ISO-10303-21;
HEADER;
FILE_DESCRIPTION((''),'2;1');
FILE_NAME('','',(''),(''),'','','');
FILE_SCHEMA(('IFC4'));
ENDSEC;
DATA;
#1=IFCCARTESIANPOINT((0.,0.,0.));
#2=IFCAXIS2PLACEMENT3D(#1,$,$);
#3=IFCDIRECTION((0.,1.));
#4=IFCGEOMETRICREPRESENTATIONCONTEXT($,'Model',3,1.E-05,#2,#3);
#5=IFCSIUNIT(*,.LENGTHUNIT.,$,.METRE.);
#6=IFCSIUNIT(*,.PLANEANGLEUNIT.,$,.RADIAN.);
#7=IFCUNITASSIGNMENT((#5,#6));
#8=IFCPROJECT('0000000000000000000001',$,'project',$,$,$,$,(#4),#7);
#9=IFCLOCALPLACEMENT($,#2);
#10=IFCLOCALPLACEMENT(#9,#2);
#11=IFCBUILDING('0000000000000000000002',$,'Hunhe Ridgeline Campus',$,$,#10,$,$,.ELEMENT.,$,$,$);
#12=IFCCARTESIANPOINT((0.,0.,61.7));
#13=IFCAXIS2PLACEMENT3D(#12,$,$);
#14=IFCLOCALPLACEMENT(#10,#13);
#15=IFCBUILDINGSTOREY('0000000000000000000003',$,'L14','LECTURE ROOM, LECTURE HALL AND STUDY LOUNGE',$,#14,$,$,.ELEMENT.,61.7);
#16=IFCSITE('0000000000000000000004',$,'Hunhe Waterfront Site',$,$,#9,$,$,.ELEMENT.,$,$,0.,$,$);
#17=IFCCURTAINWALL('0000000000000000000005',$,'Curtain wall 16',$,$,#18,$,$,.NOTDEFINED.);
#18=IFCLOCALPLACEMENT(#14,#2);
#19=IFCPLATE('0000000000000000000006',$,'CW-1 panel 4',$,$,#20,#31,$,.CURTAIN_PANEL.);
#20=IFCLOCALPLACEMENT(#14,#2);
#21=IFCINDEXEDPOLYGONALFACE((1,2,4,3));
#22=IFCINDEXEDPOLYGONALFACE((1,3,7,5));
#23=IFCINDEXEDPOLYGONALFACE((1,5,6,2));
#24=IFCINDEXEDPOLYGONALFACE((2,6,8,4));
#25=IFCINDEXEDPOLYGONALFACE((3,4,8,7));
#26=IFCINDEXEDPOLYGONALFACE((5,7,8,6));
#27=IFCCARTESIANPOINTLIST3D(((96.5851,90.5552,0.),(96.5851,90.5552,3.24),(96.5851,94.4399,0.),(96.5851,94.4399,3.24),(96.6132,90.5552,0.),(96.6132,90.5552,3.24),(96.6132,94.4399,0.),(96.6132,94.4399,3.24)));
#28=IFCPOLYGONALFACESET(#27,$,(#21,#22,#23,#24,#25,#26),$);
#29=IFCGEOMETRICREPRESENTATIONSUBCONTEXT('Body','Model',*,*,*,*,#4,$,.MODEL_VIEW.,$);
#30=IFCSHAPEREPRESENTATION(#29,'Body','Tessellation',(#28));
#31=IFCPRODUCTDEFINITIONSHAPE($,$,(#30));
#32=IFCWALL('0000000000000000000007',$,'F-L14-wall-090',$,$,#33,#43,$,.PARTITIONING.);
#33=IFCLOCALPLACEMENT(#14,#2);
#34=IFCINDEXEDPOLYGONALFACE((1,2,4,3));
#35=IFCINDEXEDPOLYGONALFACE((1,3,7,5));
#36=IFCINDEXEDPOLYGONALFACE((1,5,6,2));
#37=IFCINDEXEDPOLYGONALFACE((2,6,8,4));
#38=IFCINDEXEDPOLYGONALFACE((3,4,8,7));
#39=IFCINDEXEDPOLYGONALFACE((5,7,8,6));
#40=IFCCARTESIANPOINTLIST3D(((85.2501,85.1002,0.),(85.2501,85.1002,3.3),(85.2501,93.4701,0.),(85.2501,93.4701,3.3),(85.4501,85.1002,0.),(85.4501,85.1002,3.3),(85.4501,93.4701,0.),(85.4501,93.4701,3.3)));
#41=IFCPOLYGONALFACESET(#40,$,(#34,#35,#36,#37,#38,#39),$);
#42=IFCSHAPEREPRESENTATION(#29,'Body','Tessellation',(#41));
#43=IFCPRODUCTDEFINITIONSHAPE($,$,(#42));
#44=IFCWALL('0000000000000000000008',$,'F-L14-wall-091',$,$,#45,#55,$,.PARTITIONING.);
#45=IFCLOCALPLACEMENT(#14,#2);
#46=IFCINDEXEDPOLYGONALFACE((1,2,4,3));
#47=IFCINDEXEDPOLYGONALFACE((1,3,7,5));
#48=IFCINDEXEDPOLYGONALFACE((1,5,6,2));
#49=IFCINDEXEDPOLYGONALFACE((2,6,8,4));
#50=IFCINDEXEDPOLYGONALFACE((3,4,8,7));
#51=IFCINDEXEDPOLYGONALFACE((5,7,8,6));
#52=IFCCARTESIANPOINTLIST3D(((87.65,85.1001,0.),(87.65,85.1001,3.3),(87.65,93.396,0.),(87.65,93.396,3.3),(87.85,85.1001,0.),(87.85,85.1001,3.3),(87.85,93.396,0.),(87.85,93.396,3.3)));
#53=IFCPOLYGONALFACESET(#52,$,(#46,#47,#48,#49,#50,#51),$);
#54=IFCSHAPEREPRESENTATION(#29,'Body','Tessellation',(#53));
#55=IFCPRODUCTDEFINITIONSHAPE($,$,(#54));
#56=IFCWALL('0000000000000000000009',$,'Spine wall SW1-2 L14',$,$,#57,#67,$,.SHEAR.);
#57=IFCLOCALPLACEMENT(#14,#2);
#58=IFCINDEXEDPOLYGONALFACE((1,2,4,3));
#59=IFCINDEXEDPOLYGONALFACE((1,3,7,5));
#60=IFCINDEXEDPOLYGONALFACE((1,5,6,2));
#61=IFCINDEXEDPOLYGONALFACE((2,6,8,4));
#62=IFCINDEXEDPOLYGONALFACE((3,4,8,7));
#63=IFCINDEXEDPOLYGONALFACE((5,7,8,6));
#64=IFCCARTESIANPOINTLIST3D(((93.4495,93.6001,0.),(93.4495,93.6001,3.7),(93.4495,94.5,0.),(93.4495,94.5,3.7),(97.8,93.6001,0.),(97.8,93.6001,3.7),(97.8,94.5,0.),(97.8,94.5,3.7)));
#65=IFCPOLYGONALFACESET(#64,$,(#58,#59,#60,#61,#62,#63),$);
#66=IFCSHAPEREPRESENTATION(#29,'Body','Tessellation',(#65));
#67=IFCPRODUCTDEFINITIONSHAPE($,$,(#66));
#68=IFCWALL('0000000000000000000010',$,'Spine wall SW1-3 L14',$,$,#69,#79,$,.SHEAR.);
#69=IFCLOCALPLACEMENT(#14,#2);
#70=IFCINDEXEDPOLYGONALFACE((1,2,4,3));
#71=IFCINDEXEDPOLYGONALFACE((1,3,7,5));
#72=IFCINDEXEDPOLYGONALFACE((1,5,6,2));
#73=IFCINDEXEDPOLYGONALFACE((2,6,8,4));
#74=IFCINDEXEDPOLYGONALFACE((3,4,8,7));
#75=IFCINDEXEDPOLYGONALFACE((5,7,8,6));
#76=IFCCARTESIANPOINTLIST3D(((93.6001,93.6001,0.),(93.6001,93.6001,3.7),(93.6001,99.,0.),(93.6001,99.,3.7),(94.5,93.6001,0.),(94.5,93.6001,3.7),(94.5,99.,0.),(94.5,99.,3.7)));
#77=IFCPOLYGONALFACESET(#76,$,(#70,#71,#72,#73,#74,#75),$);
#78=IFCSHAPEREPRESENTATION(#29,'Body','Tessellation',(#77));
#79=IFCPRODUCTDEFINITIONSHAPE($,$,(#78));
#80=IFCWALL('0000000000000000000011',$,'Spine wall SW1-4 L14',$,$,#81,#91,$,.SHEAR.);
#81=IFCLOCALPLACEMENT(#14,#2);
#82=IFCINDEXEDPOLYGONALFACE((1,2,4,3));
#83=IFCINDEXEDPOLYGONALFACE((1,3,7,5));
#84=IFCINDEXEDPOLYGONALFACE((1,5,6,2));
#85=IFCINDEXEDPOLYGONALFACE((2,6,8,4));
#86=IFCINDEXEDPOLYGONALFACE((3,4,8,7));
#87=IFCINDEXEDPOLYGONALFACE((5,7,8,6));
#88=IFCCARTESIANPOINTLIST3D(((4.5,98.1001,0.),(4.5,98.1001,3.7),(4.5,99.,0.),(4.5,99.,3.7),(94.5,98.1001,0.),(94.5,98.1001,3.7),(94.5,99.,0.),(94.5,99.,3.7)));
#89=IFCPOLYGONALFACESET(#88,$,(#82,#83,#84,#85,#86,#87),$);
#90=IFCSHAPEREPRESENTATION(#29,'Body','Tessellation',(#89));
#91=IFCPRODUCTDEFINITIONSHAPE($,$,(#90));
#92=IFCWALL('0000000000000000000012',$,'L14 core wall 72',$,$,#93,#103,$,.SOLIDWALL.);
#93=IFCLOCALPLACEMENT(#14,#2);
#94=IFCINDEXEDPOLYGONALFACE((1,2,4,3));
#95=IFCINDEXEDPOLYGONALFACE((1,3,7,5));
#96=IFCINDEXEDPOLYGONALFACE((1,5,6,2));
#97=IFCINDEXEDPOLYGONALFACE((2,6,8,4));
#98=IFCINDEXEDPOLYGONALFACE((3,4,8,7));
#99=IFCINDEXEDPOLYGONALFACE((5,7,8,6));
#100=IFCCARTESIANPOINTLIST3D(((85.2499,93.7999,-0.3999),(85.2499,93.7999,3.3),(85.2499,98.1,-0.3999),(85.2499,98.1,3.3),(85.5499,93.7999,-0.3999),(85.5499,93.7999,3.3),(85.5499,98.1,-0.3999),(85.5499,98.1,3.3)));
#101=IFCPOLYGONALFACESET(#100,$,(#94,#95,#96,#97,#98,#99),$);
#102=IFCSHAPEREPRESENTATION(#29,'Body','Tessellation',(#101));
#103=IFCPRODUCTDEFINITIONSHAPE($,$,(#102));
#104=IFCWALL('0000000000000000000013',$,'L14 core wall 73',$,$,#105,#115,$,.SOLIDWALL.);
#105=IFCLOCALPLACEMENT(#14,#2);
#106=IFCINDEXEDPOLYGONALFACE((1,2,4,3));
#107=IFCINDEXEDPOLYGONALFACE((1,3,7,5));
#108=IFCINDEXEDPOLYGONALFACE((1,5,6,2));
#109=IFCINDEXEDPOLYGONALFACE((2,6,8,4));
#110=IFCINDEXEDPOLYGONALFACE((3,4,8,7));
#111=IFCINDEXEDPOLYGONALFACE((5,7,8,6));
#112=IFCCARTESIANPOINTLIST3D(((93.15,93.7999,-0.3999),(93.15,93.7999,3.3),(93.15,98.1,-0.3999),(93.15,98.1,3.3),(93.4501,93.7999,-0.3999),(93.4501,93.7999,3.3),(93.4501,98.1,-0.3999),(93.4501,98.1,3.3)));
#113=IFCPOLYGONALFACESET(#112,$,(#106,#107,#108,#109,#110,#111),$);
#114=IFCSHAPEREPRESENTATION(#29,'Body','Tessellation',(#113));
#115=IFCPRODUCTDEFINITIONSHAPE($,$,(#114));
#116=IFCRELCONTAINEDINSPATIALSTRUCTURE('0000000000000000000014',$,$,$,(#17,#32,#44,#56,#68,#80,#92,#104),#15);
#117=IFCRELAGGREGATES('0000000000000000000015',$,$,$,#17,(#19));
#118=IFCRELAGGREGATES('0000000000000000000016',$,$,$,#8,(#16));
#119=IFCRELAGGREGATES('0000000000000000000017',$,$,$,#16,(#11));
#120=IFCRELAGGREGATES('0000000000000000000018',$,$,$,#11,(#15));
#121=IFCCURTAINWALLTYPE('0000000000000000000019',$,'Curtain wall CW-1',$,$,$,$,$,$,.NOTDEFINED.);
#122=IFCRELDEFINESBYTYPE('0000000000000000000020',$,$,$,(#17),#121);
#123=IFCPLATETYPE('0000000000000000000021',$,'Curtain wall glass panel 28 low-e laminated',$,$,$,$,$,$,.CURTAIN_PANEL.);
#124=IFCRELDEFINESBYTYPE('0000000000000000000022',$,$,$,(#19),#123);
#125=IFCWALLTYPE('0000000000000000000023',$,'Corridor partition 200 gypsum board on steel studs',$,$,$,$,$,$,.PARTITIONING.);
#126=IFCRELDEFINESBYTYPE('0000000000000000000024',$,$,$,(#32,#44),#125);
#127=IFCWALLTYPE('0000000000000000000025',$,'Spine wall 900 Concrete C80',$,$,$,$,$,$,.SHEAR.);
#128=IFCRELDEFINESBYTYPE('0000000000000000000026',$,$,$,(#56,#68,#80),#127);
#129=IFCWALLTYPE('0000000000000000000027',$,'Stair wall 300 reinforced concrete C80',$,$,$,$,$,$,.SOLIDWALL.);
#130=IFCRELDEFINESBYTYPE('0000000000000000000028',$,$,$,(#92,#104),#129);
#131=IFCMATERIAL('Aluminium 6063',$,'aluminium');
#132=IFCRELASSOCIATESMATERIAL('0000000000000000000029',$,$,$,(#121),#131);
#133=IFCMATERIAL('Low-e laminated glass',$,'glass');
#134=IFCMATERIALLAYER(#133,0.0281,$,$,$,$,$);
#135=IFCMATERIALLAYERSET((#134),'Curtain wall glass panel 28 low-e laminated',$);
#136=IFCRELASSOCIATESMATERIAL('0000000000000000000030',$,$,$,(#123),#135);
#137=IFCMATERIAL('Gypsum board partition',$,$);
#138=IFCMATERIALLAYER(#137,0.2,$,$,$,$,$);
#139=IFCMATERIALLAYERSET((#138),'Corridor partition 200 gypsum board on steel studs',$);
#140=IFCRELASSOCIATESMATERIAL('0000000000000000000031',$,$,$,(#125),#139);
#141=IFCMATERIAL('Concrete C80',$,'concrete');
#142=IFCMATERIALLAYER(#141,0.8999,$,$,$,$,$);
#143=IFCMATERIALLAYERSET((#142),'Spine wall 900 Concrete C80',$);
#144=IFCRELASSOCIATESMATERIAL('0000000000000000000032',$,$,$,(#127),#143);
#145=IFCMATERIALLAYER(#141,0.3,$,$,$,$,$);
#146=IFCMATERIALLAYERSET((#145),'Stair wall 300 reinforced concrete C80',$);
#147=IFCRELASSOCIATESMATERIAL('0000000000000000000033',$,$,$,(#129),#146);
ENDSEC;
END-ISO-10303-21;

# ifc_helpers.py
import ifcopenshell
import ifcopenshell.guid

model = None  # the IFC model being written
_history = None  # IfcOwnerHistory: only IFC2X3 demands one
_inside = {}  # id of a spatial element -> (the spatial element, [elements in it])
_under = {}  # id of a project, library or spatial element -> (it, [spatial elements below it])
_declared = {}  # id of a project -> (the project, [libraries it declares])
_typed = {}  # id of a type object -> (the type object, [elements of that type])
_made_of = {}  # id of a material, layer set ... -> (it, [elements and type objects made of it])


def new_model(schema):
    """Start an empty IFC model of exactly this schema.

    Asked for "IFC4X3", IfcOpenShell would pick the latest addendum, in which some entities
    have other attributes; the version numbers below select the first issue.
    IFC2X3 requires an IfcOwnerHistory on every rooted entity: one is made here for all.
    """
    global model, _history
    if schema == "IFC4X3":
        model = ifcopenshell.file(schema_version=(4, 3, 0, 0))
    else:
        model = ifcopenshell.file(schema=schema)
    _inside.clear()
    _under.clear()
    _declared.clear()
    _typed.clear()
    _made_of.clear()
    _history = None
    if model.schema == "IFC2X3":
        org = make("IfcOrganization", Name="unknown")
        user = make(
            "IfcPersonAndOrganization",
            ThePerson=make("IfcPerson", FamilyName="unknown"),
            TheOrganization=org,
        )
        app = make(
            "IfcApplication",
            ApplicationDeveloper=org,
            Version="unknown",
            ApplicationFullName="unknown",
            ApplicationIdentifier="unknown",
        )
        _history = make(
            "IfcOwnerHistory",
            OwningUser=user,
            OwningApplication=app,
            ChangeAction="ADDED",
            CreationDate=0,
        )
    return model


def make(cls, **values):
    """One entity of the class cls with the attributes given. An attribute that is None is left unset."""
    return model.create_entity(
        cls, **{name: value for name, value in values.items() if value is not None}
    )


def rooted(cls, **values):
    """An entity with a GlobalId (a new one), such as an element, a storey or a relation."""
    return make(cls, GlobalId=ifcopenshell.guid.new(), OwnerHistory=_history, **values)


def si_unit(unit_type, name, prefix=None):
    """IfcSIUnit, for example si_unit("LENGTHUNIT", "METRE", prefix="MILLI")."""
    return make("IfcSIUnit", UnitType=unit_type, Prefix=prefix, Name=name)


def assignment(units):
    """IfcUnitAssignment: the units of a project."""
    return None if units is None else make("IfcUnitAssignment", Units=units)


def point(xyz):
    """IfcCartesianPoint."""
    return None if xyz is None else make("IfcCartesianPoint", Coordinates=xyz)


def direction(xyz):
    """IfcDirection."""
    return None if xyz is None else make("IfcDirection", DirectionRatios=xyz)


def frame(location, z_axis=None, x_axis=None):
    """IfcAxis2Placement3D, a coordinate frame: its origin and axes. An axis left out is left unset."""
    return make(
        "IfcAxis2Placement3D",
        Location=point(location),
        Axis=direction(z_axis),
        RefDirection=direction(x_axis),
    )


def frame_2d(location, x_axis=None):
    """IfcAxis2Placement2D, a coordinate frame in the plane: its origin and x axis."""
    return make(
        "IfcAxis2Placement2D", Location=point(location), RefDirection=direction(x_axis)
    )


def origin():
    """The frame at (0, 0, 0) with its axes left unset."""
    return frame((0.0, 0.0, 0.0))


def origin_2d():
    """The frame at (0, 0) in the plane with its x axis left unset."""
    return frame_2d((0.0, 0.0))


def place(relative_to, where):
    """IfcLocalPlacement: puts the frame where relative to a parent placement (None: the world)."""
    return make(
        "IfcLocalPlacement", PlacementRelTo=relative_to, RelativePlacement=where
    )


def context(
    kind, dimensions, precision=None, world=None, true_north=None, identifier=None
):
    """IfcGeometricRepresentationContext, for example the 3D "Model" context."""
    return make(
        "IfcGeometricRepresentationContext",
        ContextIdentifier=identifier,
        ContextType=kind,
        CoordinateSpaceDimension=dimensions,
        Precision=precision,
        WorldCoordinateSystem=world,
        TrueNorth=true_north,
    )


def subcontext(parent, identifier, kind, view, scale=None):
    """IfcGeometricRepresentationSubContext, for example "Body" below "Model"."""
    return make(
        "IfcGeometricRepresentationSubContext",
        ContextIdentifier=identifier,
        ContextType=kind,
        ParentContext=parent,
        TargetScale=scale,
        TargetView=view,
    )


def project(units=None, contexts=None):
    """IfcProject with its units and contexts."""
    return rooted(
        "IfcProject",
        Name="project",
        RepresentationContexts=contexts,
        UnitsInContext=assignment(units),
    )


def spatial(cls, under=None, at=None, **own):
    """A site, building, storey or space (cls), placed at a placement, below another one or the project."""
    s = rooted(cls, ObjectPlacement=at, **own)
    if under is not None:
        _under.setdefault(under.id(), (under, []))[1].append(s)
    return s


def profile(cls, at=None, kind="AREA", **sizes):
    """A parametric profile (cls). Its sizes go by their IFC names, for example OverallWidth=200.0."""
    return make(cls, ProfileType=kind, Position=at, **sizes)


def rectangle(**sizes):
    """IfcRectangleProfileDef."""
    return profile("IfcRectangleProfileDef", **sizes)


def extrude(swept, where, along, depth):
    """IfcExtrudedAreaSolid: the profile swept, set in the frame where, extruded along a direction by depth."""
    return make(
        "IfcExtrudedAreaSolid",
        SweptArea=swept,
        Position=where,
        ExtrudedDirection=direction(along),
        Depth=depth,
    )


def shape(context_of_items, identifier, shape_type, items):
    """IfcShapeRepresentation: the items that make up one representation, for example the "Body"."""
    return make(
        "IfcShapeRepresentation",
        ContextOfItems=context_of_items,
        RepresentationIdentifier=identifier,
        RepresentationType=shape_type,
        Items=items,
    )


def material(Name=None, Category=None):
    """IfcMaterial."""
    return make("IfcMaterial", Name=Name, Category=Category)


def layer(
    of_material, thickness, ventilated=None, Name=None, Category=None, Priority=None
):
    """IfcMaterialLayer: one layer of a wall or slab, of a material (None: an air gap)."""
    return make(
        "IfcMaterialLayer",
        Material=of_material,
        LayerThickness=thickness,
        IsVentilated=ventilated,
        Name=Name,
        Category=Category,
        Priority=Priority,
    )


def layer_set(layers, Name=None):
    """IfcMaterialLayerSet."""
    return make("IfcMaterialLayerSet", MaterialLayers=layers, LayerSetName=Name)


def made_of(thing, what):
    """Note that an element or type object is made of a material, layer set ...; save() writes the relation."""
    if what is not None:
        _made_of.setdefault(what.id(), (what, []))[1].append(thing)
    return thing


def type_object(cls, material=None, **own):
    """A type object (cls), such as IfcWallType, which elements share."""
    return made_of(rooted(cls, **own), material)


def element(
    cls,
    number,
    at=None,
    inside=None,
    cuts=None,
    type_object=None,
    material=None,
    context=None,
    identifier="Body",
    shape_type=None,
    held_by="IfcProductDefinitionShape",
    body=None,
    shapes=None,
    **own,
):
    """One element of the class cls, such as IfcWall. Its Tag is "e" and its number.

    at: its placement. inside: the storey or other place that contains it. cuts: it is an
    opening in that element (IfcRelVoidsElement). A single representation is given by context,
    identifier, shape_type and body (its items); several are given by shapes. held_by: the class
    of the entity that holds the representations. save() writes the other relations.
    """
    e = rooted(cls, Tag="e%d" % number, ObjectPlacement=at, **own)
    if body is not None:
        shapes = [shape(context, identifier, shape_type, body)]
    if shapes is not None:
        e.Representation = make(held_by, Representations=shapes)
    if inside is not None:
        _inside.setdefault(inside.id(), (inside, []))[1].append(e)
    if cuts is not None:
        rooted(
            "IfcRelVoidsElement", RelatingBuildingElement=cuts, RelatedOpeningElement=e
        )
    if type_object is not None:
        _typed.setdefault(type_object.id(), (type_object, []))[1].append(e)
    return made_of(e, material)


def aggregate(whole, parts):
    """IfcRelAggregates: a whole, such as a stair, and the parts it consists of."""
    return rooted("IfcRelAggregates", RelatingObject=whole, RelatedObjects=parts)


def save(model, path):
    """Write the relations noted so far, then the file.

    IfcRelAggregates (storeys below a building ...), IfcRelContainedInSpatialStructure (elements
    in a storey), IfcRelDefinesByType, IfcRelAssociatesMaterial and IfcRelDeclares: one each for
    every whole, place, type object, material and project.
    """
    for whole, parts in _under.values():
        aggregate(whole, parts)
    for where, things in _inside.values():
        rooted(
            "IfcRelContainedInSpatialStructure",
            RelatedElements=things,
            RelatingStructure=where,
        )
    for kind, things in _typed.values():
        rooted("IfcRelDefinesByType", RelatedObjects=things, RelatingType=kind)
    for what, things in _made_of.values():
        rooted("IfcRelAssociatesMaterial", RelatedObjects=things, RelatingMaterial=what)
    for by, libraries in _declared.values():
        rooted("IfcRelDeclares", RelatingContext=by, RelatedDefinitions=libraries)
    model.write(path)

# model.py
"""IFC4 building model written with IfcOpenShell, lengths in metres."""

from ifc_helpers import new_model, si_unit, direction, frame, frame_2d, origin, origin_2d, place, context, subcontext, project, spatial, rectangle, extrude, material, layer, layer_set, type_object, element, aggregate, save


model = new_model("IFC4")

# Units and contexts
model_context = context("Model", 3, precision=1e-05, world=origin(), true_north=direction((0.0, 1.0)))
body_context = subcontext(model_context, "Body", "Model", "MODEL_VIEW")
ifc_project = project(units=[si_unit("LENGTHUNIT", "METRE"), si_unit("PLANEANGLEUNIT", "RADIAN")], contexts=[model_context])

# Site, building, storey
site_placement = place(None, origin())
site = spatial("IfcSite", under=ifc_project, at=site_placement, Name="Hunhe Waterfront Site", CompositionType="ELEMENT", RefElevation=0.0)
building_placement = place(site_placement, origin())
building = spatial("IfcBuilding", under=site, at=building_placement, Name="Hunhe Ridgeline Campus", CompositionType="ELEMENT")
storey_placement = place(building_placement, frame((0.0, 0.0, 61.7)))
storey = spatial("IfcBuildingStorey", under=building, at=storey_placement, Name="L14", Description="LECTURE ROOM, LECTURE HALL AND STUDY LOUNGE", CompositionType="ELEMENT", Elevation=61.7)

# Shared definitions
ifc_material_1 = material(Name="Concrete C80", Category="concrete")

# Curtain wall
ifc_material_2 = material(Name="Aluminium 6063", Category="aluminium")
curtain_wall_type = type_object("IfcCurtainWallType", Name="Curtain wall CW-1", PredefinedType="NOTDEFINED", material=ifc_material_2)
curtain_wall_placement = place(storey_placement, origin())
curtain_wall = element("IfcCurtainWall", 1, at=curtain_wall_placement, inside=storey, type_object=curtain_wall_type, Name="Curtain wall 16", PredefinedType="NOTDEFINED")

# Plate
ifc_material_3 = material(Name="Low-e laminated glass", Category="glass")
ifc_layer_1 = layer(ifc_material_3, 0.0281)
ifc_layer_set_1 = layer_set([ifc_layer_1], Name="Curtain wall glass panel 28 low-e laminated")
plate_type = type_object("IfcPlateType", Name="Curtain wall glass panel 28 low-e laminated", PredefinedType="CURTAIN_PANEL", material=ifc_layer_set_1)
plate_1_placement = place(storey_placement, frame((96.5991, 92.4976, 0.0), z_axis=(0.0, 0.0, 1.0), x_axis=(0.0, 1.0, 0.0)))
plate_1 = element("IfcPlate", 2, at=plate_1_placement, type_object=plate_type, Name="CW-1 panel 4", PredefinedType="CURTAIN_PANEL", context=body_context, shape_type="SweptSolid", body=[
    extrude(rectangle(XDim=3.8848, YDim=0.0281, at=origin_2d()), origin(), (0.0, 0.0, 1.0), 3.24),
])
aggregate(curtain_wall, [plate_1])

# Shared definitions
ifc_material_4 = material(Name="Gypsum board partition")
ifc_layer_2 = layer(ifc_material_4, 0.2)
ifc_layer_set_2 = layer_set([ifc_layer_2], Name="Corridor partition 200 gypsum board on steel studs")
wall_type_1 = type_object("IfcWallType", Name="Corridor partition 200 gypsum board on steel studs", PredefinedType="PARTITIONING", material=ifc_layer_set_2)

# Walls
wall_1_placement = place(storey_placement, frame((85.3501, 85.1001, 0.0), z_axis=(0.0, 0.0, 1.0), x_axis=(0.0, 1.0, 0.0)))
element("IfcWall", 3, at=wall_1_placement, inside=storey, type_object=wall_type_1, Name="F-L14-wall-090", PredefinedType="PARTITIONING", context=body_context, shape_type="SweptSolid", body=[
    extrude(rectangle(XDim=8.3699, YDim=0.2, at=frame_2d((4.1851, 0.0))), origin(), (0.0, 0.0, 1.0), 3.3),
])
wall_2_placement = place(storey_placement, frame((87.75, 93.396, 0.0), z_axis=(0.0, 0.0, 1.0), x_axis=(0.0, -1.0, 0.0)))
element("IfcWall", 4, at=wall_2_placement, inside=storey, type_object=wall_type_1, Name="F-L14-wall-091", PredefinedType="PARTITIONING", context=body_context, shape_type="SweptSolid", body=[
    extrude(rectangle(XDim=8.2959, YDim=0.2, at=frame_2d((4.1479, 0.0))), origin(), (0.0, 0.0, 1.0), 3.3),
])
ifc_layer_3 = layer(ifc_material_1, 0.8999)
ifc_layer_set_3 = layer_set([ifc_layer_3], Name="Spine wall 900 Concrete C80")
wall_type_2 = type_object("IfcWallType", Name="Spine wall 900 Concrete C80", PredefinedType="SHEAR", material=ifc_layer_set_3)
wall_3_placement = place(storey_placement, frame((97.8, 94.05, 0.0), z_axis=(0.0, 0.0, 1.0), x_axis=(-1.0, 0.0, 0.0)))
element("IfcWall", 5, at=wall_3_placement, inside=storey, type_object=wall_type_2, Name="Spine wall SW1-2 L14", PredefinedType="SHEAR", context=body_context, shape_type="SweptSolid", body=[
    extrude(rectangle(XDim=4.3506, YDim=0.8999, at=frame_2d((2.1753, 0.0))), origin(), (0.0, 0.0, 1.0), 3.7),
])
wall_4_placement = place(storey_placement, frame((94.05, 93.6001, 0.0), z_axis=(0.0, 0.0, 1.0), x_axis=(0.0, 1.0, 0.0)))
element("IfcWall", 6, at=wall_4_placement, inside=storey, type_object=wall_type_2, Name="Spine wall SW1-3 L14", PredefinedType="SHEAR", context=body_context, shape_type="SweptSolid", body=[
    extrude(rectangle(XDim=5.3999, YDim=0.8999, at=frame_2d((2.7, 0.0))), origin(), (0.0, 0.0, 1.0), 3.7),
])
wall_5_placement = place(storey_placement, frame((94.5, 98.55, 0.0), z_axis=(0.0, 0.0, 1.0), x_axis=(-1.0, 0.0, 0.0)))
element("IfcWall", 7, at=wall_5_placement, inside=storey, type_object=wall_type_2, Name="Spine wall SW1-4 L14", PredefinedType="SHEAR", context=body_context, shape_type="SweptSolid", body=[
    extrude(rectangle(XDim=90.0, YDim=0.8999, at=frame_2d((45.0, 0.0))), origin(), (0.0, 0.0, 1.0), 3.7),
])

# Shared definitions
ifc_layer_4 = layer(ifc_material_1, 0.3)
ifc_layer_set_4 = layer_set([ifc_layer_4], Name="Stair wall 300 reinforced concrete C80")
wall_type_3 = type_object("IfcWallType", Name="Stair wall 300 reinforced concrete C80", PredefinedType="SOLIDWALL", material=ifc_layer_set_4)

# Walls
for number, where, z_axis, x_axis, name in (
    (8, (85.3999, 93.8, -0.3999), (0.0, 0.0, 1.0), (0.0, 1.0, 0.0), "L14 core wall 72"),
    (9, (93.3, 93.8, -0.3999), (0.0, 0.0, 1.0), (0.0, 1.0, 0.0), "L14 core wall 73"),
):
    element("IfcWall", number, at=place(storey_placement, frame(where, z_axis=z_axis, x_axis=x_axis)), inside=storey, type_object=wall_type_3, Name=name, PredefinedType="SOLIDWALL", context=body_context, shape_type="SweptSolid", body=[
        extrude(rectangle(XDim=4.3, YDim=0.3, at=frame_2d((2.1499, 0.0))), origin(), (0.0, 0.0, 1.0), 3.7),
    ])

save(model, "model.ifc")
